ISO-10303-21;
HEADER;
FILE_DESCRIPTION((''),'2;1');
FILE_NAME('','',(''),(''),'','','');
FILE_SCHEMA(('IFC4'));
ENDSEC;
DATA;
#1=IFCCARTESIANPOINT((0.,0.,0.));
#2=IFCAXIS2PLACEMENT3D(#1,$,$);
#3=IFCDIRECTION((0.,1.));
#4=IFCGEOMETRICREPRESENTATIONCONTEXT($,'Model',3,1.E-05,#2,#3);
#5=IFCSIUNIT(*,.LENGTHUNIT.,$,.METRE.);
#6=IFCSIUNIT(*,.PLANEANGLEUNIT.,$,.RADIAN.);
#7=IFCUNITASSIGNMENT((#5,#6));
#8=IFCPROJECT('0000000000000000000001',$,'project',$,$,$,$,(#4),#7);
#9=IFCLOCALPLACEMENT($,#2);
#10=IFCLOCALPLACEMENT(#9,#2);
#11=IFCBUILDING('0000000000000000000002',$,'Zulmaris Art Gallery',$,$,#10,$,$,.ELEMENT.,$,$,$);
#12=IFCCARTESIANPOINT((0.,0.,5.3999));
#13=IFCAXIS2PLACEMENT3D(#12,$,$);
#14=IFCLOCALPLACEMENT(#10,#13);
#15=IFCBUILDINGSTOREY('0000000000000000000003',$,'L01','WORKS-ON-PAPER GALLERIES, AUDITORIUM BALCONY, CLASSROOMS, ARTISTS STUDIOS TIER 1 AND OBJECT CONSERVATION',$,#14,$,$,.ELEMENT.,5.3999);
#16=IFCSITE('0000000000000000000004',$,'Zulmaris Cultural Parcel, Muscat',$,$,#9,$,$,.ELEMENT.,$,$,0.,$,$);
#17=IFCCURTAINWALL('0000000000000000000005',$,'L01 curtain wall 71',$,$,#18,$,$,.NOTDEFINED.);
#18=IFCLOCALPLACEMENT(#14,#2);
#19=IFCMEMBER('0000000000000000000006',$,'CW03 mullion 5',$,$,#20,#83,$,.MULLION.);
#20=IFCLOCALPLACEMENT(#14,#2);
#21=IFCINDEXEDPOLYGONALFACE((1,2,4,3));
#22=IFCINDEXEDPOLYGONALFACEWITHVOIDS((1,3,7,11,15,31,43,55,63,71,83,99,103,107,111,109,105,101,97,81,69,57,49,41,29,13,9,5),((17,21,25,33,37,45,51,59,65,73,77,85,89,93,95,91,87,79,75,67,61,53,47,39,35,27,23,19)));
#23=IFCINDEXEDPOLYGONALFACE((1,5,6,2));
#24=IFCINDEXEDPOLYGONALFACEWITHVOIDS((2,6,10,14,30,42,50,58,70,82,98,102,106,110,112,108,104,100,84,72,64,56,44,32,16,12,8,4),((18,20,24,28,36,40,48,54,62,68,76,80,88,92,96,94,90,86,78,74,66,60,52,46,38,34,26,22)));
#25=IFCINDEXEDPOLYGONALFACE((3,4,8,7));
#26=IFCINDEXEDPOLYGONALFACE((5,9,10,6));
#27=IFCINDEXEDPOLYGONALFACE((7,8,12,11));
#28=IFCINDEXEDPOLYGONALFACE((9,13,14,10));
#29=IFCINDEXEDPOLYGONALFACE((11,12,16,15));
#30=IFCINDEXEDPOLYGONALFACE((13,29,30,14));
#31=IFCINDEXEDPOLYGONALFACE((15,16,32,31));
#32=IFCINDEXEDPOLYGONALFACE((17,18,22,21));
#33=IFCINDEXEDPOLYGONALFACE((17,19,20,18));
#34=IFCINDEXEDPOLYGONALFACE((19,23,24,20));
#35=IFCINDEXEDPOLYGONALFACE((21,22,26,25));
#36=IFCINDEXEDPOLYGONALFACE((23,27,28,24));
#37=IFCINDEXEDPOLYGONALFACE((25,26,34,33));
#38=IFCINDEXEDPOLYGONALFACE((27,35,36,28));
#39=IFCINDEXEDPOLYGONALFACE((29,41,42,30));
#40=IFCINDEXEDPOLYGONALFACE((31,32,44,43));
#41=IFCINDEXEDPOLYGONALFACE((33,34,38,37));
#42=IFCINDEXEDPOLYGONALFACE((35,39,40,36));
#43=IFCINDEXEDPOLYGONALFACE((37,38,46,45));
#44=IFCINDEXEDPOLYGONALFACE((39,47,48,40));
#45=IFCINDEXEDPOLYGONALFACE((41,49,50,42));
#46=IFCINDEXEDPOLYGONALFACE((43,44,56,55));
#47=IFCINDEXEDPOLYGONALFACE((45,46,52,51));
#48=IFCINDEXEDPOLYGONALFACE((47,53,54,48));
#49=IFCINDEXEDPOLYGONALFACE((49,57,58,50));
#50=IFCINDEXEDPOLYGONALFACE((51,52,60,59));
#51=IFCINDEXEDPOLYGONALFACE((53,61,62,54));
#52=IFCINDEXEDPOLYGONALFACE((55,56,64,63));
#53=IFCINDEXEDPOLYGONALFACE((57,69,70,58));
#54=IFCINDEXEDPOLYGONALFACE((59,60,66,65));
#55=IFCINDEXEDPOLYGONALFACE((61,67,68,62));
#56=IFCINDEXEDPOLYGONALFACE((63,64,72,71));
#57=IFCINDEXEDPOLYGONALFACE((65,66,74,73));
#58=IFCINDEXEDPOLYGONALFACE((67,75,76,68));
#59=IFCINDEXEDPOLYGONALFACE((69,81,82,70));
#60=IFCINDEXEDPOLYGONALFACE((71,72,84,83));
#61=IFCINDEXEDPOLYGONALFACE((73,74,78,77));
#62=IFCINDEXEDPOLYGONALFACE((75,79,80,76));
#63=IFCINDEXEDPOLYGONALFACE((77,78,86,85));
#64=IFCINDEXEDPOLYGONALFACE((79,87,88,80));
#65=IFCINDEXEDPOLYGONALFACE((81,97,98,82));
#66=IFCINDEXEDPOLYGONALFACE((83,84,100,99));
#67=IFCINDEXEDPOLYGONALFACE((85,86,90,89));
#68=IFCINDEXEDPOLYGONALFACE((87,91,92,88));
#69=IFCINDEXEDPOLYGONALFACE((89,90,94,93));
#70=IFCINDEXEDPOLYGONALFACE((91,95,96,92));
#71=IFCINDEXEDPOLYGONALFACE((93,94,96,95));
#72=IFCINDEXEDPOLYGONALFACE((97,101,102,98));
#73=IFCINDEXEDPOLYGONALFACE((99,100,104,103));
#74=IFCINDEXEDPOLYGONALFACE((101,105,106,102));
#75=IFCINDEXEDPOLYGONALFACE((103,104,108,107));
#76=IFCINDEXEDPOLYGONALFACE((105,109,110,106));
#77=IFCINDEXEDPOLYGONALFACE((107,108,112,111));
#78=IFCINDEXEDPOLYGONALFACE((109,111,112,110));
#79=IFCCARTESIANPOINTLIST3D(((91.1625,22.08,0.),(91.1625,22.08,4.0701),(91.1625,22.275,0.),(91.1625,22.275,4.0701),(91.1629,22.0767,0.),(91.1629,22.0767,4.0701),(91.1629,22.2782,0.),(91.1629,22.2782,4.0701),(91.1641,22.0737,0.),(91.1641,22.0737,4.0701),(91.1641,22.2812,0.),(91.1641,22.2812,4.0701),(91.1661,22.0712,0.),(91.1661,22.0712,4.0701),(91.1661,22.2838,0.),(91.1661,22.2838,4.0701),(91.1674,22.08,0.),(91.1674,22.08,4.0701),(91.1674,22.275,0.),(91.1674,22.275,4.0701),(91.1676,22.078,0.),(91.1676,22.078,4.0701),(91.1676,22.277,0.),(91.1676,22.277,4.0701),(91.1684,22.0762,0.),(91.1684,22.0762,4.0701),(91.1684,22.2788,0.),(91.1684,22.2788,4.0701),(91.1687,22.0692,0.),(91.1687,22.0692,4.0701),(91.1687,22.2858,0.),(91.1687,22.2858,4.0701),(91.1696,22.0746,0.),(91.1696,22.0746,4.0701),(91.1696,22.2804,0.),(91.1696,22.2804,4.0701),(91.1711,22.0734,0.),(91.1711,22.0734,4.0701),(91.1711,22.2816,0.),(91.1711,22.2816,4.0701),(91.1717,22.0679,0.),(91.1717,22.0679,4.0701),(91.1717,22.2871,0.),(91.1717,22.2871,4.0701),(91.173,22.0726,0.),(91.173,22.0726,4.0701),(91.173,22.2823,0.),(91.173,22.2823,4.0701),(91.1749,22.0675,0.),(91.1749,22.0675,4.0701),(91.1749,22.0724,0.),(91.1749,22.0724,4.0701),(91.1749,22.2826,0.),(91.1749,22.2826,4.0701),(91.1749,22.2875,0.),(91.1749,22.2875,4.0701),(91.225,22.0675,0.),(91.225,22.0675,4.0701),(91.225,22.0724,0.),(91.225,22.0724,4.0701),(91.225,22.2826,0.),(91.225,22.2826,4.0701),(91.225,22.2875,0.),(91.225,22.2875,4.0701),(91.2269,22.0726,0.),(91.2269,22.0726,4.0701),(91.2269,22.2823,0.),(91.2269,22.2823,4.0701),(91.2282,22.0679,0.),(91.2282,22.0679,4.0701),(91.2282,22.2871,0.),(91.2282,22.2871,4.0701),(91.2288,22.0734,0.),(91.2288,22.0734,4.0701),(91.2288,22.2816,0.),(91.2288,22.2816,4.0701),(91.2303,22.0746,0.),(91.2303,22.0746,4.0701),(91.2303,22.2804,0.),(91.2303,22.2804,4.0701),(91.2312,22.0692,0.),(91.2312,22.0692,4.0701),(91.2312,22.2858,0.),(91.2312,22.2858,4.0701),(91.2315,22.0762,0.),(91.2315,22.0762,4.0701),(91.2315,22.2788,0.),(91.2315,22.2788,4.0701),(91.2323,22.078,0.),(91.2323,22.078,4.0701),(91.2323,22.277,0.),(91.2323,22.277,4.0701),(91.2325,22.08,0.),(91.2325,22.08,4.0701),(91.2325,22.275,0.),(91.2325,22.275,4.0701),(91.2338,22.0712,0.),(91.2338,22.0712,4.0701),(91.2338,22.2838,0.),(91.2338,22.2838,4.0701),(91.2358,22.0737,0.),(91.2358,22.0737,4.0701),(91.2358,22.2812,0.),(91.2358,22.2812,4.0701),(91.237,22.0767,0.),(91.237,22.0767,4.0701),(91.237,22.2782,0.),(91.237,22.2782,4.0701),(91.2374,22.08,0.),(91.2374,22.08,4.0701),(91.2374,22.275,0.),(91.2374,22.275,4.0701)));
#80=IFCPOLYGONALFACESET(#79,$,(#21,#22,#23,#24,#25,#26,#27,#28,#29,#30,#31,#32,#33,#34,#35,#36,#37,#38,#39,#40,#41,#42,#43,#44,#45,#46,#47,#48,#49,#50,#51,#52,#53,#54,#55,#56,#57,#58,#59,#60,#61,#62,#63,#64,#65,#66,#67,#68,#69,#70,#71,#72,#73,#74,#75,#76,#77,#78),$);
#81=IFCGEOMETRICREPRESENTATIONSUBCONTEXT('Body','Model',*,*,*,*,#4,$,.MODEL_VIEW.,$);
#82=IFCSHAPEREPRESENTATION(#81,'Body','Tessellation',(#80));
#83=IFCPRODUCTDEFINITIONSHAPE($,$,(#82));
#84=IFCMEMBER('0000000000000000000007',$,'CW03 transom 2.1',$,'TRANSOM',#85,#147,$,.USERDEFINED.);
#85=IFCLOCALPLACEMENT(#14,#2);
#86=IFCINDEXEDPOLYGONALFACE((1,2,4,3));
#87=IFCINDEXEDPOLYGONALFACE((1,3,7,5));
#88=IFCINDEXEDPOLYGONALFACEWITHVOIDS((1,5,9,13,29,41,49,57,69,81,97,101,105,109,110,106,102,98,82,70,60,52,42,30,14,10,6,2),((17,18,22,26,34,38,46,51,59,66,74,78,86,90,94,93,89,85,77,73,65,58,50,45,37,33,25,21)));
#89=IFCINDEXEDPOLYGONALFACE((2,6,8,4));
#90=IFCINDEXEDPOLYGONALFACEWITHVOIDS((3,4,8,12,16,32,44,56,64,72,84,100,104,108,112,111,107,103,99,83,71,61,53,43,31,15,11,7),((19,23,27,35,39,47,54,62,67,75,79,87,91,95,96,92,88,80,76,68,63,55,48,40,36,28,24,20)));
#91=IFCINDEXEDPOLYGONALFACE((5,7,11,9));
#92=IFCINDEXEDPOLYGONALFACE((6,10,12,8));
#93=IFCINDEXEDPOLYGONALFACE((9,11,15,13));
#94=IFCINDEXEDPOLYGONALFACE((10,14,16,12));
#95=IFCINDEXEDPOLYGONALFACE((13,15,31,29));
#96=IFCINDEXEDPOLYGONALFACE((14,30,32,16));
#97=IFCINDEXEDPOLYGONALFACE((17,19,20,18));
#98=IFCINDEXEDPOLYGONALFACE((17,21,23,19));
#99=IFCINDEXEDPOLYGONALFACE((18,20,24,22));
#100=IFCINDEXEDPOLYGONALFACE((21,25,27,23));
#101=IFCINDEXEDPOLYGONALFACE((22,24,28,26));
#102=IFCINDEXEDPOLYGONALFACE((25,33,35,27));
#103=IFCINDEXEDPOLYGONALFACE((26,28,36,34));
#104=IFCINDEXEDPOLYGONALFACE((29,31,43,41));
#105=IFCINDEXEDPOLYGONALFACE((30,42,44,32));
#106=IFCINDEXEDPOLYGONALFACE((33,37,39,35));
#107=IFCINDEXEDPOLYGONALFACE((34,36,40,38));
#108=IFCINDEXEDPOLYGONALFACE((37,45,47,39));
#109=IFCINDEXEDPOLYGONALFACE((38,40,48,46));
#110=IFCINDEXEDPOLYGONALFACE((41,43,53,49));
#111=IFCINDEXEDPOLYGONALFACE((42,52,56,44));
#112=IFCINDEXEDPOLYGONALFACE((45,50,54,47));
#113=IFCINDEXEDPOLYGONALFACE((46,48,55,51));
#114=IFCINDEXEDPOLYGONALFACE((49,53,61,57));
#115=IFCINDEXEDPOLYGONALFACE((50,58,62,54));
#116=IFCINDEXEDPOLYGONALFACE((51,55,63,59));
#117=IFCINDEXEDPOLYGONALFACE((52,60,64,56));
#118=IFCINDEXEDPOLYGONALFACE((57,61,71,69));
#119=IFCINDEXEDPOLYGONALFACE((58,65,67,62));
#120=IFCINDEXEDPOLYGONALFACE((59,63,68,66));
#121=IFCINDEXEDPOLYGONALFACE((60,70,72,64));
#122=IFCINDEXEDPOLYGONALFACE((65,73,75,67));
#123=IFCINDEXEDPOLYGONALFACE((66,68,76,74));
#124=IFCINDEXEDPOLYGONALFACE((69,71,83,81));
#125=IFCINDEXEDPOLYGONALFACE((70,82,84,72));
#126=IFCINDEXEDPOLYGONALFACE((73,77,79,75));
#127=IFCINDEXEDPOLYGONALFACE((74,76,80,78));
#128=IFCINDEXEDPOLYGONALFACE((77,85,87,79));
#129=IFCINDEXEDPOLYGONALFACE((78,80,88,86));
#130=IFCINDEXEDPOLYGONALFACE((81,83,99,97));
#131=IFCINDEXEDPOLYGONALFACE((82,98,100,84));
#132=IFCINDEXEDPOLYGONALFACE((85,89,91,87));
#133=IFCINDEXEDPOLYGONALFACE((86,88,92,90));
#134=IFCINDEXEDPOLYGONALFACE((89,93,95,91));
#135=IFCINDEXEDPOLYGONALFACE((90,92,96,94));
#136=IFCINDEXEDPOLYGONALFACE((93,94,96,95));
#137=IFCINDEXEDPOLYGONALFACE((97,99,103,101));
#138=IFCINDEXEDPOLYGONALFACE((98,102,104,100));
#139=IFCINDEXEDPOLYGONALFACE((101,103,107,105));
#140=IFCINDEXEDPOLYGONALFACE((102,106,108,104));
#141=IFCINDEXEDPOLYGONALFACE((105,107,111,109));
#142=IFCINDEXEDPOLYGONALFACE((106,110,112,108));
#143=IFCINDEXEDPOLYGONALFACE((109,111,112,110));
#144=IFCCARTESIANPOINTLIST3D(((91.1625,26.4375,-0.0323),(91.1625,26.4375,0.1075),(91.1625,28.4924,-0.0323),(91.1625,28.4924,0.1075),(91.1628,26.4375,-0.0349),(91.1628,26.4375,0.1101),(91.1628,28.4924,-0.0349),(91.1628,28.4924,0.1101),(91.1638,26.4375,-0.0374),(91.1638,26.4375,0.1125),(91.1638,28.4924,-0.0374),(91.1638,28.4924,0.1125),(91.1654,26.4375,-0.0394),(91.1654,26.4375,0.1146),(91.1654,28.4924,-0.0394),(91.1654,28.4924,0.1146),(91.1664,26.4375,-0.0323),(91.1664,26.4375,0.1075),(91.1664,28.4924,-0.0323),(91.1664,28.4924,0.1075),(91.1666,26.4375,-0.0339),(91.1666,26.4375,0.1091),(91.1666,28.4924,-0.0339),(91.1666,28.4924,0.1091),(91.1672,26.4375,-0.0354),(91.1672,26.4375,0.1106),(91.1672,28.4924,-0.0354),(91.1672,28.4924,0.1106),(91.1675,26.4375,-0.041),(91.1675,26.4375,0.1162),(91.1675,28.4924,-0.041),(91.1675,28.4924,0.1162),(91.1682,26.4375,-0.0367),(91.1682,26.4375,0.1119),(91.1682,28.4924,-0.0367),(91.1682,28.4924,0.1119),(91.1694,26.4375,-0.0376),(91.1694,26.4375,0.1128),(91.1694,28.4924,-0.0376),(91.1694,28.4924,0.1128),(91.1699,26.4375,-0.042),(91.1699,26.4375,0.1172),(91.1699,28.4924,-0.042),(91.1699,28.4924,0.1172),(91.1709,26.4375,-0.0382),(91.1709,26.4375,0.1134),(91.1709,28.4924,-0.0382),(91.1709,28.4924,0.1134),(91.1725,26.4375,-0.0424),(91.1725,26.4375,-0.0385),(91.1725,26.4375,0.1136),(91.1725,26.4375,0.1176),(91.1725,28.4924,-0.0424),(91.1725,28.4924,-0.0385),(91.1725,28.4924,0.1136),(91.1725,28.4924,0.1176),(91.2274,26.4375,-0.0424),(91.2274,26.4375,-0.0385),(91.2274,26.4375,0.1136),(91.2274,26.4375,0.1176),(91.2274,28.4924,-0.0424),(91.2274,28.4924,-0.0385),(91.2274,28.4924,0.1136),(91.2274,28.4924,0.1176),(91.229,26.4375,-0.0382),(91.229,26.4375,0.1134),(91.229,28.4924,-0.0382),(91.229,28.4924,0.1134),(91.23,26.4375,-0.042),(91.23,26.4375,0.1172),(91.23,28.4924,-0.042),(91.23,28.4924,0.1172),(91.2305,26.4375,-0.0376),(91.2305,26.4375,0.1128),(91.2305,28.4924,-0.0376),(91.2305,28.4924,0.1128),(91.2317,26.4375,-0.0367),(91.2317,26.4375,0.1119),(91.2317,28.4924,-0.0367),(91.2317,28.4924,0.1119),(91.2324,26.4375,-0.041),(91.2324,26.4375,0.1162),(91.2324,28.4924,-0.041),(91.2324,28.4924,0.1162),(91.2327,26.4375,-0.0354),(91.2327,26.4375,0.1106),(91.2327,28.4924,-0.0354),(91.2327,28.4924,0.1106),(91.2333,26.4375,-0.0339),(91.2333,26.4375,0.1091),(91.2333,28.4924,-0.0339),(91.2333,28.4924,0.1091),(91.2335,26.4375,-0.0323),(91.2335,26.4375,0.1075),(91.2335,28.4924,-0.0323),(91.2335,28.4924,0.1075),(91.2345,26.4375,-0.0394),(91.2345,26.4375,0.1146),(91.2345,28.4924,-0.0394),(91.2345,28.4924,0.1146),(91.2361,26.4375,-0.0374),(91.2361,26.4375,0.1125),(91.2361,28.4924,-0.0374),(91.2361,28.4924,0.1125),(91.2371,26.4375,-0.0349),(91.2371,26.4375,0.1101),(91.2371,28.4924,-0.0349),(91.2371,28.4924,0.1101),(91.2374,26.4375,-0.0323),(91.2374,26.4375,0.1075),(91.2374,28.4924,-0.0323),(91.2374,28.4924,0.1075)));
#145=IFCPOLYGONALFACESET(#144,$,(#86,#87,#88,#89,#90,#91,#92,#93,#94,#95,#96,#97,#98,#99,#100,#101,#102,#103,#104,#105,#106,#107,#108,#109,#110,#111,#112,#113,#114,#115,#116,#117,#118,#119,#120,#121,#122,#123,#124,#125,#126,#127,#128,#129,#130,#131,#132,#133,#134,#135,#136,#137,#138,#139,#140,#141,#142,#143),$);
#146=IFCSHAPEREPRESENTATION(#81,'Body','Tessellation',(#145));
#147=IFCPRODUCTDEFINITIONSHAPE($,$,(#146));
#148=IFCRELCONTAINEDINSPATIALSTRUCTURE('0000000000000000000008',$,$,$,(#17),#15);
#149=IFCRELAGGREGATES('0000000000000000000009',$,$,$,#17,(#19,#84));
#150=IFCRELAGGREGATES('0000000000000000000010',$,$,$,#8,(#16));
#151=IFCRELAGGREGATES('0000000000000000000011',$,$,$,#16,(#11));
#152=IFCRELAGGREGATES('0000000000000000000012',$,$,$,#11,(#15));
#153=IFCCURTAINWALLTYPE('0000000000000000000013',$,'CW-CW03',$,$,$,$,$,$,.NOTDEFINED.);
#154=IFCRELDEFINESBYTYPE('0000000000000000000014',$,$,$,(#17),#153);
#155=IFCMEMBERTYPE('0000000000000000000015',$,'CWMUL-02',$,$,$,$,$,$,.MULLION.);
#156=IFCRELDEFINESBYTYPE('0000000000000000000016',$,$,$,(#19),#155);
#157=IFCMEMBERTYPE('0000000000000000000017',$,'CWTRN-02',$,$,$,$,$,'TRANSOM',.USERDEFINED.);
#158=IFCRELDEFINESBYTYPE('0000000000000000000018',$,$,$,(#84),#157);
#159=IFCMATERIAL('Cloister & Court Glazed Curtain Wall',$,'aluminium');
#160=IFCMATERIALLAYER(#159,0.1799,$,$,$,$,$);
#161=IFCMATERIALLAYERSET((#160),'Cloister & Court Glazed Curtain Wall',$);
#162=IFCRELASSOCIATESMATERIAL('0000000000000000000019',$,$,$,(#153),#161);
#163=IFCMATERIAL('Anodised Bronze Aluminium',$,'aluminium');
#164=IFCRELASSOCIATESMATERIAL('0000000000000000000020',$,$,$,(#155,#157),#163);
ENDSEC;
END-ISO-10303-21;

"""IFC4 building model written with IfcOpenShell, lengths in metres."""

from ifc_helpers import new_model, si_unit, direction, frame, origin, origin_2d, place, context, subcontext, project, spatial, hollow_rectangle, extrude, material, layer, layer_set, material_profile, profile_set, type_object, element, aggregate, save


model = new_model("IFC4")

# Units and contexts
model_context = context("Model", 3, precision=1e-05, world=origin(), true_north=direction((0.0, 1.0)))
body_context = subcontext(model_context, "Body", "Model", "MODEL_VIEW")
ifc_project = project(units=[si_unit("LENGTHUNIT", "METRE"), si_unit("PLANEANGLEUNIT", "RADIAN")], contexts=[model_context])

# Site, building, storey
site_placement = place(None, origin())
site = spatial("IfcSite", under=ifc_project, at=site_placement, Name="Zulmaris Cultural Parcel, Muscat", CompositionType="ELEMENT", RefElevation=0.0)
building_placement = place(site_placement, origin())
building = spatial("IfcBuilding", under=site, at=building_placement, Name="Zulmaris Art Gallery", CompositionType="ELEMENT")
storey_placement = place(building_placement, frame((0.0, 0.0, 5.3999)))
storey = spatial("IfcBuildingStorey", under=building, at=storey_placement, Name="L01", Description="WORKS-ON-PAPER GALLERIES, AUDITORIUM BALCONY, CLASSROOMS, ARTISTS STUDIOS TIER 1 AND OBJECT CONSERVATION", CompositionType="ELEMENT", Elevation=5.3999)

# Curtain wall, members
ifc_material_1 = material(Name="Cloister & Court Glazed Curtain Wall", Category="aluminium")
ifc_layer_1 = layer(ifc_material_1, 0.1799)
ifc_layer_set_1 = layer_set([ifc_layer_1], Name="Cloister & Court Glazed Curtain Wall")
curtain_wall_type = type_object("IfcCurtainWallType", Name="CW-CW03", PredefinedType="NOTDEFINED", material=ifc_layer_set_1)
curtain_wall_placement = place(storey_placement, origin())
curtain_wall = element("IfcCurtainWall", 1, at=curtain_wall_placement, inside=storey, type_object=curtain_wall_type, Name="L01 curtain wall 71", PredefinedType="NOTDEFINED")
ifc_material_2 = material(Name="Anodised Bronze Aluminium", Category="aluminium")
ifc_material_profile_1 = material_profile(ifc_material_2, hollow_rectangle(XDim=0.075, YDim=0.22, WallThickness=0.0049, InnerFilletRadius=0.0076, OuterFilletRadius=0.0125, at=origin_2d()), Name="ALU 75x220x5")
ifc_profile_set_1 = profile_set([ifc_material_profile_1], Name="Anodised Bronze Aluminium")
member_type_1 = type_object("IfcMemberType", Name="CWMUL-02", PredefinedType="MULLION", material=ifc_profile_set_1)
member_1_placement = place(storey_placement, frame((91.2, 22.1775, 0.0), z_axis=(0.0, 0.0, 1.0), x_axis=(1.0, 0.0, 0.0)))
member_1 = element("IfcMember", 2, at=member_1_placement, type_object=member_type_1, Name="CW03 mullion 5", PredefinedType="MULLION", context=body_context, shape_type="SweptSolid", body=[
    extrude(hollow_rectangle(XDim=0.075, YDim=0.22, WallThickness=0.0049, InnerFilletRadius=0.0076, OuterFilletRadius=0.0125, at=origin_2d()), origin(), (0.0, 0.0, 1.0), 4.0701),
])
ifc_material_profile_2 = material_profile(ifc_material_2, hollow_rectangle(XDim=0.075, YDim=0.1599, WallThickness=0.0039, InnerFilletRadius=0.0061, OuterFilletRadius=0.01, at=origin_2d()), Name="ALU 75x160x4")
ifc_profile_set_2 = profile_set([ifc_material_profile_2], Name="Anodised Bronze Aluminium")
member_type_2 = type_object("IfcMemberType", Name="CWTRN-02", ElementType="TRANSOM", PredefinedType="USERDEFINED", material=ifc_profile_set_2)
member_2_placement = place(storey_placement, frame((91.2, 28.4924, 0.0376), z_axis=(0.0, -1.0, 0.0), x_axis=(1.0, 0.0, 0.0)))
member_2 = element("IfcMember", 3, at=member_2_placement, type_object=member_type_2, Name="CW03 transom 2.1", ObjectType="TRANSOM", PredefinedType="USERDEFINED", context=body_context, shape_type="SweptSolid", body=[
    extrude(hollow_rectangle(XDim=0.075, YDim=0.1599, WallThickness=0.0039, InnerFilletRadius=0.0061, OuterFilletRadius=0.01, at=origin_2d()), origin(), (0.0, 0.0, 1.0), 2.0549),
])
aggregate(curtain_wall, [member_1, member_2])

save(model, "model.ifc")
